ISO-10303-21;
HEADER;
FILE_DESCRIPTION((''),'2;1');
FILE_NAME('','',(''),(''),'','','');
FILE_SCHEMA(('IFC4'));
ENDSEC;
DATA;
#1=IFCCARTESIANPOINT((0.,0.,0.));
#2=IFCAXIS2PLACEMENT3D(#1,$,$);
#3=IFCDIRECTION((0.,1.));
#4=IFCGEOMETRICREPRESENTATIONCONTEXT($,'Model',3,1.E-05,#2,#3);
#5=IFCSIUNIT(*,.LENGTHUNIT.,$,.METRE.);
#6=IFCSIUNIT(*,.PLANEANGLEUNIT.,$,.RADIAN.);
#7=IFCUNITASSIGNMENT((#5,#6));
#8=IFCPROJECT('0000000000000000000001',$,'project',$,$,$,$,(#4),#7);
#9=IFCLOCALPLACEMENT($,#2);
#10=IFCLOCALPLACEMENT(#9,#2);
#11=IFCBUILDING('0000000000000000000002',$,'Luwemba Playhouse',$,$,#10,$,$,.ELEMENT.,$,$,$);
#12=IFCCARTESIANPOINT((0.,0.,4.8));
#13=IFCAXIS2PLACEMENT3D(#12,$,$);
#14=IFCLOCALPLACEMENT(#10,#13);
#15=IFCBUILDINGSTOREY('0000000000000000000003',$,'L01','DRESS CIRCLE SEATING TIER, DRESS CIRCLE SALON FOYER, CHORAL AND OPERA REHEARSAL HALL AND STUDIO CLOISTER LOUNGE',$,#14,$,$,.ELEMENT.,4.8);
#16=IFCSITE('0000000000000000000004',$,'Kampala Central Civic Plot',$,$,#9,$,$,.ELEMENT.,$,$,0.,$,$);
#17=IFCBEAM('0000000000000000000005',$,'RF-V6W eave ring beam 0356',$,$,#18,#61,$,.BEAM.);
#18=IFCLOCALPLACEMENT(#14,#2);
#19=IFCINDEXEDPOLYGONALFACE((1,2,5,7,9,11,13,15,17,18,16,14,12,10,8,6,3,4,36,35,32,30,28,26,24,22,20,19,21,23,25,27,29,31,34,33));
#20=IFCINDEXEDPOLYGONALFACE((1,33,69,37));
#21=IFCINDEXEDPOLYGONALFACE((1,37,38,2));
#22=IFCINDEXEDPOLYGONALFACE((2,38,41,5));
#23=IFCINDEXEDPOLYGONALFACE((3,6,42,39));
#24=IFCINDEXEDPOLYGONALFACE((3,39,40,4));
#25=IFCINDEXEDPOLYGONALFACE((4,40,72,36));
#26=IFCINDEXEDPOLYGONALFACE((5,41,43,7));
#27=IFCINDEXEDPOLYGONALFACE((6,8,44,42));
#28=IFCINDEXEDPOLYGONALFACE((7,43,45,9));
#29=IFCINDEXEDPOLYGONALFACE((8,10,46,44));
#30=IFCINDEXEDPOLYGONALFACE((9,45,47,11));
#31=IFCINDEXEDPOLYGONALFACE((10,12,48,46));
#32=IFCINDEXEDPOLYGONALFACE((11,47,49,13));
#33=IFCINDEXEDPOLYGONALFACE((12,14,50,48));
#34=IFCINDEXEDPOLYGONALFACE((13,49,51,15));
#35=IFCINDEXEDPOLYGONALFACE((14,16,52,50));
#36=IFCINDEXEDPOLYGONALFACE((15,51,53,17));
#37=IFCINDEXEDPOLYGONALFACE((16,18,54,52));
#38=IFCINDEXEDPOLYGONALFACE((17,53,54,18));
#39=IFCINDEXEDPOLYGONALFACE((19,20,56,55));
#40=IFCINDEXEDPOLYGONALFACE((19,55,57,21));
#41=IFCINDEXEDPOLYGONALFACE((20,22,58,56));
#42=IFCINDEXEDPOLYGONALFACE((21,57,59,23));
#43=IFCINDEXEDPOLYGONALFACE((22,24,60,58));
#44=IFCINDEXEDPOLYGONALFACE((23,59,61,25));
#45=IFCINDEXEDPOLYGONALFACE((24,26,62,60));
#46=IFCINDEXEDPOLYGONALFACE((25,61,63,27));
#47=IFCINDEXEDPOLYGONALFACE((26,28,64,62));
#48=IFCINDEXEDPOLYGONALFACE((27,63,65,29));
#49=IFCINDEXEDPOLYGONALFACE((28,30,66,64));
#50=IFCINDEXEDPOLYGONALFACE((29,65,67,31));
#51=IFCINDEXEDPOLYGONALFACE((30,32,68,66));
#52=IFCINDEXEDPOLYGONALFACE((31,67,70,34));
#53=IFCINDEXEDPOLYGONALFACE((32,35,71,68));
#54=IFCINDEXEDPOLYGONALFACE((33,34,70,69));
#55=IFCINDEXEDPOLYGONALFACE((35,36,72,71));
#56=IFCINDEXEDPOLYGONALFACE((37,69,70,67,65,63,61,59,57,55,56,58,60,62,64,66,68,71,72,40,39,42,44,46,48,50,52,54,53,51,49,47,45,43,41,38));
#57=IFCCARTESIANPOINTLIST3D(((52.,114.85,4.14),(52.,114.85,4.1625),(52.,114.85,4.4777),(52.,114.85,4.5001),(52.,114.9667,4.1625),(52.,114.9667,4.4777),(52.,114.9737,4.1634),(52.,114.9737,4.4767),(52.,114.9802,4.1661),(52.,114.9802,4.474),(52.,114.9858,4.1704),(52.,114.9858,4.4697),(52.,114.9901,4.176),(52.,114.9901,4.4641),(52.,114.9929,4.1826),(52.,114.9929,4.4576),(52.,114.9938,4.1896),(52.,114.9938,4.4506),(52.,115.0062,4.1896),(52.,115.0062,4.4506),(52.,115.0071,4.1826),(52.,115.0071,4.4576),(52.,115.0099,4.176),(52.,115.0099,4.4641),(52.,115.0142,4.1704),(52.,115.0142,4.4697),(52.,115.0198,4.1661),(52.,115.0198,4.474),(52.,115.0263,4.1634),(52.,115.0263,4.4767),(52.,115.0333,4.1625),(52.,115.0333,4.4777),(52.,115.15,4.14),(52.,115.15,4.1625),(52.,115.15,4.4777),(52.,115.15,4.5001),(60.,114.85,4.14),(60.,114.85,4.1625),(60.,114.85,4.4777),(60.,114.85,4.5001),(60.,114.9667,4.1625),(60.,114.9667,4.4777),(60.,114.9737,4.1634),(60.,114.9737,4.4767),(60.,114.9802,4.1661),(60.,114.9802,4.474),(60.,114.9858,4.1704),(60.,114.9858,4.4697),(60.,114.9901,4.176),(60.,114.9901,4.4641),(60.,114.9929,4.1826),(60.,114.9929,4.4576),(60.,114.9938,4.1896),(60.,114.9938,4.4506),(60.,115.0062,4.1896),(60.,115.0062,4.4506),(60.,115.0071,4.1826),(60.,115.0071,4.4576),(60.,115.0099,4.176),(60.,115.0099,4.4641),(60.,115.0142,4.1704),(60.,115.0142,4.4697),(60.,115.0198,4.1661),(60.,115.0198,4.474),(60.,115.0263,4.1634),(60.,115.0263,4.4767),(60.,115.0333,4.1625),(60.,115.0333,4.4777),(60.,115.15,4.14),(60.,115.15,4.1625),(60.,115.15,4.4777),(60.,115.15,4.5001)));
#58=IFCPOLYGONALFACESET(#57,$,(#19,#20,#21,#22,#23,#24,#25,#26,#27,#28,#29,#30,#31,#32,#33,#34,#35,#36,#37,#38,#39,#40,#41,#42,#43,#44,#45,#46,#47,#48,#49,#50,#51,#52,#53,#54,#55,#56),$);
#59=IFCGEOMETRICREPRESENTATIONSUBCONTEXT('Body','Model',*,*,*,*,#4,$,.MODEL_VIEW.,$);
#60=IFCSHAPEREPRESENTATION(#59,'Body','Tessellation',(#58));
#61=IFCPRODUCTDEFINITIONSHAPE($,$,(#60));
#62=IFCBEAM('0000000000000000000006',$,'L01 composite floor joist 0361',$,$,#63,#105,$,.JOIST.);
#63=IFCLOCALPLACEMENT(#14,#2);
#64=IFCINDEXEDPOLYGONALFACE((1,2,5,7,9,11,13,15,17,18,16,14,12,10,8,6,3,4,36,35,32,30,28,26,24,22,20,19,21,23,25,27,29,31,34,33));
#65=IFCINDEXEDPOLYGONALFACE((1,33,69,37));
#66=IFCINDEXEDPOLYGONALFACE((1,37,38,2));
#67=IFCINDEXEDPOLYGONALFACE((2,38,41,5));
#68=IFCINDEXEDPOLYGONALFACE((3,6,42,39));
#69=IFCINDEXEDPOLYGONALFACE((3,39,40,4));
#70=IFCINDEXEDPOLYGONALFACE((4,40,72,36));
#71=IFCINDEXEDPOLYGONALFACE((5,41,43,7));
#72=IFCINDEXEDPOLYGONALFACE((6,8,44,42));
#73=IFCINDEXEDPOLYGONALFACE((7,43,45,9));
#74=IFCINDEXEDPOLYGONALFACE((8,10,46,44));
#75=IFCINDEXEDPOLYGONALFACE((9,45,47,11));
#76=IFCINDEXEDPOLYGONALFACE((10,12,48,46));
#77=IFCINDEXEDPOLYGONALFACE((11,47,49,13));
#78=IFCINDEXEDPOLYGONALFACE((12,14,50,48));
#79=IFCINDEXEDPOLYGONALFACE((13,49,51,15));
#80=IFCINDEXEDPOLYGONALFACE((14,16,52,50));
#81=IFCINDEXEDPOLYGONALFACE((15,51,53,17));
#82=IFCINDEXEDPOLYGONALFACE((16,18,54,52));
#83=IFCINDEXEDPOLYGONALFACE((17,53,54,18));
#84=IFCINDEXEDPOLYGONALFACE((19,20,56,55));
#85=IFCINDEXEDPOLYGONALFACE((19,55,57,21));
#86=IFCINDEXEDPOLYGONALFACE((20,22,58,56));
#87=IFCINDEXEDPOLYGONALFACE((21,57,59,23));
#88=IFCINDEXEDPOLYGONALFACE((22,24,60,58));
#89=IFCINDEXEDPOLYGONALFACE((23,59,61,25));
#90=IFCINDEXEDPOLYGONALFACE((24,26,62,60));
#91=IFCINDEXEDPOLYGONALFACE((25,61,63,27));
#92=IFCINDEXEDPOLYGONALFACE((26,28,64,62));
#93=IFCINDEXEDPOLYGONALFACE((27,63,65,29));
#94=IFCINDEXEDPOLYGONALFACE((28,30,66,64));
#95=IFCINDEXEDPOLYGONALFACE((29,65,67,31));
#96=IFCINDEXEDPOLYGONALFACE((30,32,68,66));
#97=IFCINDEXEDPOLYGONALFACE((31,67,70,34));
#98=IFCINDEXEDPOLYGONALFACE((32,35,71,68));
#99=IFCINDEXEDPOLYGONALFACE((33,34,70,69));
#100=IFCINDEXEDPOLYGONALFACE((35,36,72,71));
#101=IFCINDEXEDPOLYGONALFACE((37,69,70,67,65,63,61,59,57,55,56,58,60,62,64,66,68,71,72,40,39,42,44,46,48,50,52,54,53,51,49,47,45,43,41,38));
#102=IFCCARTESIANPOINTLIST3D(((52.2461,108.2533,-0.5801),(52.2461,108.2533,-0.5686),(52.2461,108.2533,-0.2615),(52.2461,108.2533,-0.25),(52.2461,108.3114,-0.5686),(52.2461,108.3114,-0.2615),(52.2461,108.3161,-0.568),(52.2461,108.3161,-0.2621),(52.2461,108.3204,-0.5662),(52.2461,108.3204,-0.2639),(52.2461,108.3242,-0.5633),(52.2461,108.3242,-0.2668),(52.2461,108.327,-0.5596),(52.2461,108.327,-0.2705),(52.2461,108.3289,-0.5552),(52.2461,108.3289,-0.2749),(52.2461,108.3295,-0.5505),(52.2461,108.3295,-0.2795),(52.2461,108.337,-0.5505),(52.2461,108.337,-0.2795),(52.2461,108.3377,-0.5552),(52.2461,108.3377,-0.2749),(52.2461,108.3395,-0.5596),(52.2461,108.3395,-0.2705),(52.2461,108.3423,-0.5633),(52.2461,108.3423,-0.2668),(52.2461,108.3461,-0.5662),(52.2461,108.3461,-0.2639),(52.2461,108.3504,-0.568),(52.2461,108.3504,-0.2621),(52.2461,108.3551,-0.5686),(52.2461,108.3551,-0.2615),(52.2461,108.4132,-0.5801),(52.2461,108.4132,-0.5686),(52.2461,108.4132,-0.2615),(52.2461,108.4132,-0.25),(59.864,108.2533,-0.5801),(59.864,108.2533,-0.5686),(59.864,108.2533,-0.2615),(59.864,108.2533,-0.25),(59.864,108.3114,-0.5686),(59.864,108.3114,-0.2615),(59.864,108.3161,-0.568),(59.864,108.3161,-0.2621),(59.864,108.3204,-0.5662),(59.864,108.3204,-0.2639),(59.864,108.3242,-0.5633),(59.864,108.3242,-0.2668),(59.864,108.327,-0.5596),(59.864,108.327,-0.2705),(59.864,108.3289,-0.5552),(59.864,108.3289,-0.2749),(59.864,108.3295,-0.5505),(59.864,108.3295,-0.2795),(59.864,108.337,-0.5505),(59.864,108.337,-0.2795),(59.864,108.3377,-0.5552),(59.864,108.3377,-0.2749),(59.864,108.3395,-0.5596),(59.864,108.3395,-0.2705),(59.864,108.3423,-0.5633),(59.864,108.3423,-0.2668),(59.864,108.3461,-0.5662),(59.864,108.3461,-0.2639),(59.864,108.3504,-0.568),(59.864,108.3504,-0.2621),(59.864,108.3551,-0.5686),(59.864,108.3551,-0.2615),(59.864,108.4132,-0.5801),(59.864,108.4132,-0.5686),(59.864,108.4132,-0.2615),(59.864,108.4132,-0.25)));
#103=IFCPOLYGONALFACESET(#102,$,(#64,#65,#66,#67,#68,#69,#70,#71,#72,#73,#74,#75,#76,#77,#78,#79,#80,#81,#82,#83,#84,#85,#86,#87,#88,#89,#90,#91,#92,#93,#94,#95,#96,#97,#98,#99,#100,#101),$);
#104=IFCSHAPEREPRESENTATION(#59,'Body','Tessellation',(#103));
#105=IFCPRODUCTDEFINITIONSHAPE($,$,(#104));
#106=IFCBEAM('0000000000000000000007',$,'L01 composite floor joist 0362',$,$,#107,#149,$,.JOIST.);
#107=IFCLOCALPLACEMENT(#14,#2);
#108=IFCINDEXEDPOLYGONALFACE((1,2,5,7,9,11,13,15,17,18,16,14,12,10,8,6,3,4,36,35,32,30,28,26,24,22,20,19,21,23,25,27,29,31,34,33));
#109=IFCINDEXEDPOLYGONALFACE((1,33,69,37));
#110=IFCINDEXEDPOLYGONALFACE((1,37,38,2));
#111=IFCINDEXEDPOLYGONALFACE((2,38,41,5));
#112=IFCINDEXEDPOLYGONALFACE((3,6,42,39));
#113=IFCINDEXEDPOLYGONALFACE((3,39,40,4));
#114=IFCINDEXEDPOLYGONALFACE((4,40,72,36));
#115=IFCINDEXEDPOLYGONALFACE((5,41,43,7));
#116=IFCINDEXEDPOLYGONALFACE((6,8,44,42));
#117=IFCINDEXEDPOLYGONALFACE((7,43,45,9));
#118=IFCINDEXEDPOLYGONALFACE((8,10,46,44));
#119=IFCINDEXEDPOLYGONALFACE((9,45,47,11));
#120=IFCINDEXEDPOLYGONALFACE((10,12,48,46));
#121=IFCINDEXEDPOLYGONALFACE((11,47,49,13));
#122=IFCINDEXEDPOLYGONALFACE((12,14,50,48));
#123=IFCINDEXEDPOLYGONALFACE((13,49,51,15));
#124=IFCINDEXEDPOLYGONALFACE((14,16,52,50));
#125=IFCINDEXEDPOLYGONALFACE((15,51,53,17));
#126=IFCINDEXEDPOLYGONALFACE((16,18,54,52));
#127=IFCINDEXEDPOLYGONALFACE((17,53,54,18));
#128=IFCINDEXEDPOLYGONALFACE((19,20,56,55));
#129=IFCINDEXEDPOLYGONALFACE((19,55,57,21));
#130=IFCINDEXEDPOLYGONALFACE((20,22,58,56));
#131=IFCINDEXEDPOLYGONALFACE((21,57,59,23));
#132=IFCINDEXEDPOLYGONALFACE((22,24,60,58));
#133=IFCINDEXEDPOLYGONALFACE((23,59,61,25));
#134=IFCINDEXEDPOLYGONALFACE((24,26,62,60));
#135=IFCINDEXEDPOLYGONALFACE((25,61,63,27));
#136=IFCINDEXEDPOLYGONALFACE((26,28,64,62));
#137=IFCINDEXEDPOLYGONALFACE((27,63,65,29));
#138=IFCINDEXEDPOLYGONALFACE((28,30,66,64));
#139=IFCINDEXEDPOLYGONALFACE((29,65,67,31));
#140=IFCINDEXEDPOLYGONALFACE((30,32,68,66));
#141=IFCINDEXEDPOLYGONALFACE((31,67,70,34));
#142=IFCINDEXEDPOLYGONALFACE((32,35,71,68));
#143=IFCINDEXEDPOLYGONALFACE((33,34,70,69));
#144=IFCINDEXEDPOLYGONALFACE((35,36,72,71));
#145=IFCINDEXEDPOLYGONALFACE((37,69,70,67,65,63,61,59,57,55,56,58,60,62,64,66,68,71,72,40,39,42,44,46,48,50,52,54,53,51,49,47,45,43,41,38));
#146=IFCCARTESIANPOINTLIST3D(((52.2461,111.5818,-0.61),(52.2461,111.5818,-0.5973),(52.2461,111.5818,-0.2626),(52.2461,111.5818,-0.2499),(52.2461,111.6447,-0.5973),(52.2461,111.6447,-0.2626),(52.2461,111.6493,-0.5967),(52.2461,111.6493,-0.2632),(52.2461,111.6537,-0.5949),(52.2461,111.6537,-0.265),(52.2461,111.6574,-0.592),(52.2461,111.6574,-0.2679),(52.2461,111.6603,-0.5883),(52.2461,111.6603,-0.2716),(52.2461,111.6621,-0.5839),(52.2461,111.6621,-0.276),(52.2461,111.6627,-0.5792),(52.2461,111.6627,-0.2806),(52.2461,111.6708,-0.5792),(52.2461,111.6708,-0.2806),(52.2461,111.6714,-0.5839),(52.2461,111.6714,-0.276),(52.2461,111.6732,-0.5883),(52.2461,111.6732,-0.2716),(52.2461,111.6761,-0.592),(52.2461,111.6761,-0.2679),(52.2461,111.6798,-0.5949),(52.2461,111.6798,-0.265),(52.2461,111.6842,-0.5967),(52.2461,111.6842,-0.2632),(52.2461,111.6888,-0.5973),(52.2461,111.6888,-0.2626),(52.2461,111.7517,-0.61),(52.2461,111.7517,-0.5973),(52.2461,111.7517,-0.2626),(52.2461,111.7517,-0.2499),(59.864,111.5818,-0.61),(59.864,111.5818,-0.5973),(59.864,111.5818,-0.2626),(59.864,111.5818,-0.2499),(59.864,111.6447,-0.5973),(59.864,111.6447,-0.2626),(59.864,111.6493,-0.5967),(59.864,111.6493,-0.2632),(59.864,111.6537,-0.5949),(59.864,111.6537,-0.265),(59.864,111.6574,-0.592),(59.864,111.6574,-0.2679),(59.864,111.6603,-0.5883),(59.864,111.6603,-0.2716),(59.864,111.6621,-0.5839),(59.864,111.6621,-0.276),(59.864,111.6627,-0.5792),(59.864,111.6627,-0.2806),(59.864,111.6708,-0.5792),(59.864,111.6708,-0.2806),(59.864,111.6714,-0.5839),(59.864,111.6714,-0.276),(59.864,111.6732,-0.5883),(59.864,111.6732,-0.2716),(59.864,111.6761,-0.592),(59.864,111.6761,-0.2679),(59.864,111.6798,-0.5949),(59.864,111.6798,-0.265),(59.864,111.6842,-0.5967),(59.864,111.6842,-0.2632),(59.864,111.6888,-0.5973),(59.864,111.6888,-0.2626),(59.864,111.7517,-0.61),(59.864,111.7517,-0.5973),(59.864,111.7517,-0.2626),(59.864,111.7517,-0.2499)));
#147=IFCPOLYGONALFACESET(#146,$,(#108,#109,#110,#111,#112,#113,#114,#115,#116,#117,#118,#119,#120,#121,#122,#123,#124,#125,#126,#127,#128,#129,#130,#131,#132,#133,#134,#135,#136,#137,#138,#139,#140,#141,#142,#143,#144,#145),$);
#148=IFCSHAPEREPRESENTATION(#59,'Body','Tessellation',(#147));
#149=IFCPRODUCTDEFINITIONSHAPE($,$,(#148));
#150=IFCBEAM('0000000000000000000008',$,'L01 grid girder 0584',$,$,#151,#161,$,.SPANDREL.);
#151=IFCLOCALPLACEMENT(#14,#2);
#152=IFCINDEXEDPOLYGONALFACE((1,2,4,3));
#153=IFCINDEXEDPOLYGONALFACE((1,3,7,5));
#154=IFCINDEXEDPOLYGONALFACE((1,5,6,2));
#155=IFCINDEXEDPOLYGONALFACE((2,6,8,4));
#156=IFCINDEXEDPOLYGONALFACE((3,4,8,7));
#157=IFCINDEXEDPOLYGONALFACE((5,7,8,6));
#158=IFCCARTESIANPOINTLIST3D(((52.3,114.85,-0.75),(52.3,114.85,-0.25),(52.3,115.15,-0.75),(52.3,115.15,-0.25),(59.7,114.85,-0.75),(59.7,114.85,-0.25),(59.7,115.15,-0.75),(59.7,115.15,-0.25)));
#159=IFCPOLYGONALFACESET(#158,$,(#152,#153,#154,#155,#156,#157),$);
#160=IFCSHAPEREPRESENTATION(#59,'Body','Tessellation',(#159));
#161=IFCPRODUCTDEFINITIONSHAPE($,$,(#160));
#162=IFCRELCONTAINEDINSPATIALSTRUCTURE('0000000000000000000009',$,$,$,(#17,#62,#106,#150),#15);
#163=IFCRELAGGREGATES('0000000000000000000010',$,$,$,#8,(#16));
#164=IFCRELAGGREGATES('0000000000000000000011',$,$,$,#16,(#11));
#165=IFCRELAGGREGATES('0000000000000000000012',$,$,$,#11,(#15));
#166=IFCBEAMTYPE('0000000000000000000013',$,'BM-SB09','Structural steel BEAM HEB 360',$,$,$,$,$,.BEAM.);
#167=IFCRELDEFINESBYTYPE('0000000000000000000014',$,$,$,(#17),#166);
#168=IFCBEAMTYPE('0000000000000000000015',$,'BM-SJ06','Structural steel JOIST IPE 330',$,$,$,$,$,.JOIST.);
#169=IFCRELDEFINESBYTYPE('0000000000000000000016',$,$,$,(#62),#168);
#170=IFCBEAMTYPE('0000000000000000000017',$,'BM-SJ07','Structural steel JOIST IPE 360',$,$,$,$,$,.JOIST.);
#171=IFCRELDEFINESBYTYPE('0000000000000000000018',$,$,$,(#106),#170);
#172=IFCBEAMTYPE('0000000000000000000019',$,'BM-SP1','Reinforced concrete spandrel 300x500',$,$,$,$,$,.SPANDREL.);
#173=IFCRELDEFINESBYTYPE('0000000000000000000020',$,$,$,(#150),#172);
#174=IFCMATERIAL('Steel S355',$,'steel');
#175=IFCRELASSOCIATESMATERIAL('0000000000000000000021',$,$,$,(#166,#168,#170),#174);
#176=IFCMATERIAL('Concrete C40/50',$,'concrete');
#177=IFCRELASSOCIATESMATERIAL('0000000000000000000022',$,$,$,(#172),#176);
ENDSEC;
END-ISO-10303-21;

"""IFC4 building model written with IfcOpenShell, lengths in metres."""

from ifc_helpers import new_model, si_unit, direction, frame, origin, origin_2d, place, context, subcontext, project, spatial, rectangle, i_section, extrude, material, material_profile, profile_set, type_object, element, save


model = new_model("IFC4")

# Units and contexts
model_context = context("Model", 3, precision=1e-05, world=origin(), true_north=direction((0.0, 1.0)))
body_context = subcontext(model_context, "Body", "Model", "MODEL_VIEW")
ifc_project = project(units=[si_unit("LENGTHUNIT", "METRE"), si_unit("PLANEANGLEUNIT", "RADIAN")], contexts=[model_context])

# Site, building, storey
site_placement = place(None, origin())
site = spatial("IfcSite", under=ifc_project, at=site_placement, Name="Kampala Central Civic Plot", CompositionType="ELEMENT", RefElevation=0.0)
building_placement = place(site_placement, origin())
building = spatial("IfcBuilding", under=site, at=building_placement, Name="Luwemba Playhouse", CompositionType="ELEMENT")
storey_placement = place(building_placement, frame((0.0, 0.0, 4.8)))
storey = spatial("IfcBuildingStorey", under=building, at=storey_placement, Name="L01", Description="DRESS CIRCLE SEATING TIER, DRESS CIRCLE SALON FOYER, CHORAL AND OPERA REHEARSAL HALL AND STUDIO CLOISTER LOUNGE", CompositionType="ELEMENT", Elevation=4.8)

# Shared definitions
ifc_material_1 = material(Name="Concrete C40/50", Category="concrete")

# Beams
ifc_material_2 = material(Name="Steel S355", Category="steel")
ifc_material_profile_1 = material_profile(ifc_material_2, i_section(OverallWidth=0.3, OverallDepth=0.3601, WebThickness=0.0125, FlangeThickness=0.0225, FilletRadius=0.0271, at=origin_2d()))
ifc_profile_set_1 = profile_set([ifc_material_profile_1], Name="Steel S355")
beam_type_1 = type_object("IfcBeamType", Name="BM-SB09", Description="Structural steel BEAM HEB 360", PredefinedType="BEAM", material=ifc_profile_set_1)
beam_1_placement = place(storey_placement, frame((52.0, 115.0, 4.3201), z_axis=(1.0, 0.0, 0.0), x_axis=(0.0, 1.0, 0.0)))
element("IfcBeam", 1, at=beam_1_placement, inside=storey, type_object=beam_type_1, Name="RF-V6W eave ring beam 0356", PredefinedType="BEAM", context=body_context, shape_type="SweptSolid", body=[
    extrude(i_section(OverallWidth=0.3, OverallDepth=0.3601, WebThickness=0.0125, FlangeThickness=0.0225, FilletRadius=0.0271, at=origin_2d()), origin(), (0.0, 0.0, 1.0), 8.0),
])
ifc_material_profile_2 = material_profile(ifc_material_2, i_section(OverallWidth=0.1599, OverallDepth=0.3301, WebThickness=0.0076, FlangeThickness=0.0115, FilletRadius=0.0181, at=origin_2d()))
ifc_profile_set_2 = profile_set([ifc_material_profile_2], Name="Steel S355")
beam_type_2 = type_object("IfcBeamType", Name="BM-SJ06", Description="Structural steel JOIST IPE 330", PredefinedType="JOIST", material=ifc_profile_set_2)
beam_2_placement = place(storey_placement, frame((52.2461, 108.3333, -0.415), z_axis=(1.0, 0.0, 0.0), x_axis=(0.0, 1.0, 0.0)))
element("IfcBeam", 2, at=beam_2_placement, inside=storey, type_object=beam_type_2, Name="L01 composite floor joist 0361", PredefinedType="JOIST", context=body_context, shape_type="SweptSolid", body=[
    extrude(i_section(OverallWidth=0.1599, OverallDepth=0.3301, WebThickness=0.0076, FlangeThickness=0.0115, FilletRadius=0.0181, at=origin_2d()), origin(), (0.0, 0.0, 1.0), 7.6179),
])
ifc_material_profile_3 = material_profile(ifc_material_2, i_section(OverallWidth=0.1699, OverallDepth=0.3601, WebThickness=0.0081, FlangeThickness=0.0127, FilletRadius=0.0181, at=origin_2d()))
ifc_profile_set_3 = profile_set([ifc_material_profile_3], Name="Steel S355")
beam_type_3 = type_object("IfcBeamType", Name="BM-SJ07", Description="Structural steel JOIST IPE 360", PredefinedType="JOIST", material=ifc_profile_set_3)
beam_3_placement = place(storey_placement, frame((52.2461, 111.6667, -0.4299), z_axis=(1.0, 0.0, 0.0), x_axis=(0.0, 1.0, 0.0)))
element("IfcBeam", 3, at=beam_3_placement, inside=storey, type_object=beam_type_3, Name="L01 composite floor joist 0362", PredefinedType="JOIST", context=body_context, shape_type="SweptSolid", body=[
    extrude(i_section(OverallWidth=0.1699, OverallDepth=0.3601, WebThickness=0.0081, FlangeThickness=0.0127, FilletRadius=0.0181, at=origin_2d()), origin(), (0.0, 0.0, 1.0), 7.6179),
])
ifc_material_profile_4 = material_profile(ifc_material_1, rectangle(XDim=0.3, YDim=0.5, at=origin_2d()))
ifc_profile_set_4 = profile_set([ifc_material_profile_4], Name="Concrete C40/50")
beam_type_4 = type_object("IfcBeamType", Name="BM-SP1", Description="Reinforced concrete spandrel 300x500", PredefinedType="SPANDREL", material=ifc_profile_set_4)
beam_4_placement = place(storey_placement, frame((52.3, 115.0, -0.5), z_axis=(1.0, 0.0, 0.0), x_axis=(0.0, 1.0, 0.0)))
element("IfcBeam", 4, at=beam_4_placement, inside=storey, type_object=beam_type_4, Name="L01 grid girder 0584", PredefinedType="SPANDREL", context=body_context, shape_type="SweptSolid", body=[
    extrude(rectangle(XDim=0.3, YDim=0.5, at=origin_2d()), origin(), (0.0, 0.0, 1.0), 7.3999),
])

save(model, "model.ifc")
